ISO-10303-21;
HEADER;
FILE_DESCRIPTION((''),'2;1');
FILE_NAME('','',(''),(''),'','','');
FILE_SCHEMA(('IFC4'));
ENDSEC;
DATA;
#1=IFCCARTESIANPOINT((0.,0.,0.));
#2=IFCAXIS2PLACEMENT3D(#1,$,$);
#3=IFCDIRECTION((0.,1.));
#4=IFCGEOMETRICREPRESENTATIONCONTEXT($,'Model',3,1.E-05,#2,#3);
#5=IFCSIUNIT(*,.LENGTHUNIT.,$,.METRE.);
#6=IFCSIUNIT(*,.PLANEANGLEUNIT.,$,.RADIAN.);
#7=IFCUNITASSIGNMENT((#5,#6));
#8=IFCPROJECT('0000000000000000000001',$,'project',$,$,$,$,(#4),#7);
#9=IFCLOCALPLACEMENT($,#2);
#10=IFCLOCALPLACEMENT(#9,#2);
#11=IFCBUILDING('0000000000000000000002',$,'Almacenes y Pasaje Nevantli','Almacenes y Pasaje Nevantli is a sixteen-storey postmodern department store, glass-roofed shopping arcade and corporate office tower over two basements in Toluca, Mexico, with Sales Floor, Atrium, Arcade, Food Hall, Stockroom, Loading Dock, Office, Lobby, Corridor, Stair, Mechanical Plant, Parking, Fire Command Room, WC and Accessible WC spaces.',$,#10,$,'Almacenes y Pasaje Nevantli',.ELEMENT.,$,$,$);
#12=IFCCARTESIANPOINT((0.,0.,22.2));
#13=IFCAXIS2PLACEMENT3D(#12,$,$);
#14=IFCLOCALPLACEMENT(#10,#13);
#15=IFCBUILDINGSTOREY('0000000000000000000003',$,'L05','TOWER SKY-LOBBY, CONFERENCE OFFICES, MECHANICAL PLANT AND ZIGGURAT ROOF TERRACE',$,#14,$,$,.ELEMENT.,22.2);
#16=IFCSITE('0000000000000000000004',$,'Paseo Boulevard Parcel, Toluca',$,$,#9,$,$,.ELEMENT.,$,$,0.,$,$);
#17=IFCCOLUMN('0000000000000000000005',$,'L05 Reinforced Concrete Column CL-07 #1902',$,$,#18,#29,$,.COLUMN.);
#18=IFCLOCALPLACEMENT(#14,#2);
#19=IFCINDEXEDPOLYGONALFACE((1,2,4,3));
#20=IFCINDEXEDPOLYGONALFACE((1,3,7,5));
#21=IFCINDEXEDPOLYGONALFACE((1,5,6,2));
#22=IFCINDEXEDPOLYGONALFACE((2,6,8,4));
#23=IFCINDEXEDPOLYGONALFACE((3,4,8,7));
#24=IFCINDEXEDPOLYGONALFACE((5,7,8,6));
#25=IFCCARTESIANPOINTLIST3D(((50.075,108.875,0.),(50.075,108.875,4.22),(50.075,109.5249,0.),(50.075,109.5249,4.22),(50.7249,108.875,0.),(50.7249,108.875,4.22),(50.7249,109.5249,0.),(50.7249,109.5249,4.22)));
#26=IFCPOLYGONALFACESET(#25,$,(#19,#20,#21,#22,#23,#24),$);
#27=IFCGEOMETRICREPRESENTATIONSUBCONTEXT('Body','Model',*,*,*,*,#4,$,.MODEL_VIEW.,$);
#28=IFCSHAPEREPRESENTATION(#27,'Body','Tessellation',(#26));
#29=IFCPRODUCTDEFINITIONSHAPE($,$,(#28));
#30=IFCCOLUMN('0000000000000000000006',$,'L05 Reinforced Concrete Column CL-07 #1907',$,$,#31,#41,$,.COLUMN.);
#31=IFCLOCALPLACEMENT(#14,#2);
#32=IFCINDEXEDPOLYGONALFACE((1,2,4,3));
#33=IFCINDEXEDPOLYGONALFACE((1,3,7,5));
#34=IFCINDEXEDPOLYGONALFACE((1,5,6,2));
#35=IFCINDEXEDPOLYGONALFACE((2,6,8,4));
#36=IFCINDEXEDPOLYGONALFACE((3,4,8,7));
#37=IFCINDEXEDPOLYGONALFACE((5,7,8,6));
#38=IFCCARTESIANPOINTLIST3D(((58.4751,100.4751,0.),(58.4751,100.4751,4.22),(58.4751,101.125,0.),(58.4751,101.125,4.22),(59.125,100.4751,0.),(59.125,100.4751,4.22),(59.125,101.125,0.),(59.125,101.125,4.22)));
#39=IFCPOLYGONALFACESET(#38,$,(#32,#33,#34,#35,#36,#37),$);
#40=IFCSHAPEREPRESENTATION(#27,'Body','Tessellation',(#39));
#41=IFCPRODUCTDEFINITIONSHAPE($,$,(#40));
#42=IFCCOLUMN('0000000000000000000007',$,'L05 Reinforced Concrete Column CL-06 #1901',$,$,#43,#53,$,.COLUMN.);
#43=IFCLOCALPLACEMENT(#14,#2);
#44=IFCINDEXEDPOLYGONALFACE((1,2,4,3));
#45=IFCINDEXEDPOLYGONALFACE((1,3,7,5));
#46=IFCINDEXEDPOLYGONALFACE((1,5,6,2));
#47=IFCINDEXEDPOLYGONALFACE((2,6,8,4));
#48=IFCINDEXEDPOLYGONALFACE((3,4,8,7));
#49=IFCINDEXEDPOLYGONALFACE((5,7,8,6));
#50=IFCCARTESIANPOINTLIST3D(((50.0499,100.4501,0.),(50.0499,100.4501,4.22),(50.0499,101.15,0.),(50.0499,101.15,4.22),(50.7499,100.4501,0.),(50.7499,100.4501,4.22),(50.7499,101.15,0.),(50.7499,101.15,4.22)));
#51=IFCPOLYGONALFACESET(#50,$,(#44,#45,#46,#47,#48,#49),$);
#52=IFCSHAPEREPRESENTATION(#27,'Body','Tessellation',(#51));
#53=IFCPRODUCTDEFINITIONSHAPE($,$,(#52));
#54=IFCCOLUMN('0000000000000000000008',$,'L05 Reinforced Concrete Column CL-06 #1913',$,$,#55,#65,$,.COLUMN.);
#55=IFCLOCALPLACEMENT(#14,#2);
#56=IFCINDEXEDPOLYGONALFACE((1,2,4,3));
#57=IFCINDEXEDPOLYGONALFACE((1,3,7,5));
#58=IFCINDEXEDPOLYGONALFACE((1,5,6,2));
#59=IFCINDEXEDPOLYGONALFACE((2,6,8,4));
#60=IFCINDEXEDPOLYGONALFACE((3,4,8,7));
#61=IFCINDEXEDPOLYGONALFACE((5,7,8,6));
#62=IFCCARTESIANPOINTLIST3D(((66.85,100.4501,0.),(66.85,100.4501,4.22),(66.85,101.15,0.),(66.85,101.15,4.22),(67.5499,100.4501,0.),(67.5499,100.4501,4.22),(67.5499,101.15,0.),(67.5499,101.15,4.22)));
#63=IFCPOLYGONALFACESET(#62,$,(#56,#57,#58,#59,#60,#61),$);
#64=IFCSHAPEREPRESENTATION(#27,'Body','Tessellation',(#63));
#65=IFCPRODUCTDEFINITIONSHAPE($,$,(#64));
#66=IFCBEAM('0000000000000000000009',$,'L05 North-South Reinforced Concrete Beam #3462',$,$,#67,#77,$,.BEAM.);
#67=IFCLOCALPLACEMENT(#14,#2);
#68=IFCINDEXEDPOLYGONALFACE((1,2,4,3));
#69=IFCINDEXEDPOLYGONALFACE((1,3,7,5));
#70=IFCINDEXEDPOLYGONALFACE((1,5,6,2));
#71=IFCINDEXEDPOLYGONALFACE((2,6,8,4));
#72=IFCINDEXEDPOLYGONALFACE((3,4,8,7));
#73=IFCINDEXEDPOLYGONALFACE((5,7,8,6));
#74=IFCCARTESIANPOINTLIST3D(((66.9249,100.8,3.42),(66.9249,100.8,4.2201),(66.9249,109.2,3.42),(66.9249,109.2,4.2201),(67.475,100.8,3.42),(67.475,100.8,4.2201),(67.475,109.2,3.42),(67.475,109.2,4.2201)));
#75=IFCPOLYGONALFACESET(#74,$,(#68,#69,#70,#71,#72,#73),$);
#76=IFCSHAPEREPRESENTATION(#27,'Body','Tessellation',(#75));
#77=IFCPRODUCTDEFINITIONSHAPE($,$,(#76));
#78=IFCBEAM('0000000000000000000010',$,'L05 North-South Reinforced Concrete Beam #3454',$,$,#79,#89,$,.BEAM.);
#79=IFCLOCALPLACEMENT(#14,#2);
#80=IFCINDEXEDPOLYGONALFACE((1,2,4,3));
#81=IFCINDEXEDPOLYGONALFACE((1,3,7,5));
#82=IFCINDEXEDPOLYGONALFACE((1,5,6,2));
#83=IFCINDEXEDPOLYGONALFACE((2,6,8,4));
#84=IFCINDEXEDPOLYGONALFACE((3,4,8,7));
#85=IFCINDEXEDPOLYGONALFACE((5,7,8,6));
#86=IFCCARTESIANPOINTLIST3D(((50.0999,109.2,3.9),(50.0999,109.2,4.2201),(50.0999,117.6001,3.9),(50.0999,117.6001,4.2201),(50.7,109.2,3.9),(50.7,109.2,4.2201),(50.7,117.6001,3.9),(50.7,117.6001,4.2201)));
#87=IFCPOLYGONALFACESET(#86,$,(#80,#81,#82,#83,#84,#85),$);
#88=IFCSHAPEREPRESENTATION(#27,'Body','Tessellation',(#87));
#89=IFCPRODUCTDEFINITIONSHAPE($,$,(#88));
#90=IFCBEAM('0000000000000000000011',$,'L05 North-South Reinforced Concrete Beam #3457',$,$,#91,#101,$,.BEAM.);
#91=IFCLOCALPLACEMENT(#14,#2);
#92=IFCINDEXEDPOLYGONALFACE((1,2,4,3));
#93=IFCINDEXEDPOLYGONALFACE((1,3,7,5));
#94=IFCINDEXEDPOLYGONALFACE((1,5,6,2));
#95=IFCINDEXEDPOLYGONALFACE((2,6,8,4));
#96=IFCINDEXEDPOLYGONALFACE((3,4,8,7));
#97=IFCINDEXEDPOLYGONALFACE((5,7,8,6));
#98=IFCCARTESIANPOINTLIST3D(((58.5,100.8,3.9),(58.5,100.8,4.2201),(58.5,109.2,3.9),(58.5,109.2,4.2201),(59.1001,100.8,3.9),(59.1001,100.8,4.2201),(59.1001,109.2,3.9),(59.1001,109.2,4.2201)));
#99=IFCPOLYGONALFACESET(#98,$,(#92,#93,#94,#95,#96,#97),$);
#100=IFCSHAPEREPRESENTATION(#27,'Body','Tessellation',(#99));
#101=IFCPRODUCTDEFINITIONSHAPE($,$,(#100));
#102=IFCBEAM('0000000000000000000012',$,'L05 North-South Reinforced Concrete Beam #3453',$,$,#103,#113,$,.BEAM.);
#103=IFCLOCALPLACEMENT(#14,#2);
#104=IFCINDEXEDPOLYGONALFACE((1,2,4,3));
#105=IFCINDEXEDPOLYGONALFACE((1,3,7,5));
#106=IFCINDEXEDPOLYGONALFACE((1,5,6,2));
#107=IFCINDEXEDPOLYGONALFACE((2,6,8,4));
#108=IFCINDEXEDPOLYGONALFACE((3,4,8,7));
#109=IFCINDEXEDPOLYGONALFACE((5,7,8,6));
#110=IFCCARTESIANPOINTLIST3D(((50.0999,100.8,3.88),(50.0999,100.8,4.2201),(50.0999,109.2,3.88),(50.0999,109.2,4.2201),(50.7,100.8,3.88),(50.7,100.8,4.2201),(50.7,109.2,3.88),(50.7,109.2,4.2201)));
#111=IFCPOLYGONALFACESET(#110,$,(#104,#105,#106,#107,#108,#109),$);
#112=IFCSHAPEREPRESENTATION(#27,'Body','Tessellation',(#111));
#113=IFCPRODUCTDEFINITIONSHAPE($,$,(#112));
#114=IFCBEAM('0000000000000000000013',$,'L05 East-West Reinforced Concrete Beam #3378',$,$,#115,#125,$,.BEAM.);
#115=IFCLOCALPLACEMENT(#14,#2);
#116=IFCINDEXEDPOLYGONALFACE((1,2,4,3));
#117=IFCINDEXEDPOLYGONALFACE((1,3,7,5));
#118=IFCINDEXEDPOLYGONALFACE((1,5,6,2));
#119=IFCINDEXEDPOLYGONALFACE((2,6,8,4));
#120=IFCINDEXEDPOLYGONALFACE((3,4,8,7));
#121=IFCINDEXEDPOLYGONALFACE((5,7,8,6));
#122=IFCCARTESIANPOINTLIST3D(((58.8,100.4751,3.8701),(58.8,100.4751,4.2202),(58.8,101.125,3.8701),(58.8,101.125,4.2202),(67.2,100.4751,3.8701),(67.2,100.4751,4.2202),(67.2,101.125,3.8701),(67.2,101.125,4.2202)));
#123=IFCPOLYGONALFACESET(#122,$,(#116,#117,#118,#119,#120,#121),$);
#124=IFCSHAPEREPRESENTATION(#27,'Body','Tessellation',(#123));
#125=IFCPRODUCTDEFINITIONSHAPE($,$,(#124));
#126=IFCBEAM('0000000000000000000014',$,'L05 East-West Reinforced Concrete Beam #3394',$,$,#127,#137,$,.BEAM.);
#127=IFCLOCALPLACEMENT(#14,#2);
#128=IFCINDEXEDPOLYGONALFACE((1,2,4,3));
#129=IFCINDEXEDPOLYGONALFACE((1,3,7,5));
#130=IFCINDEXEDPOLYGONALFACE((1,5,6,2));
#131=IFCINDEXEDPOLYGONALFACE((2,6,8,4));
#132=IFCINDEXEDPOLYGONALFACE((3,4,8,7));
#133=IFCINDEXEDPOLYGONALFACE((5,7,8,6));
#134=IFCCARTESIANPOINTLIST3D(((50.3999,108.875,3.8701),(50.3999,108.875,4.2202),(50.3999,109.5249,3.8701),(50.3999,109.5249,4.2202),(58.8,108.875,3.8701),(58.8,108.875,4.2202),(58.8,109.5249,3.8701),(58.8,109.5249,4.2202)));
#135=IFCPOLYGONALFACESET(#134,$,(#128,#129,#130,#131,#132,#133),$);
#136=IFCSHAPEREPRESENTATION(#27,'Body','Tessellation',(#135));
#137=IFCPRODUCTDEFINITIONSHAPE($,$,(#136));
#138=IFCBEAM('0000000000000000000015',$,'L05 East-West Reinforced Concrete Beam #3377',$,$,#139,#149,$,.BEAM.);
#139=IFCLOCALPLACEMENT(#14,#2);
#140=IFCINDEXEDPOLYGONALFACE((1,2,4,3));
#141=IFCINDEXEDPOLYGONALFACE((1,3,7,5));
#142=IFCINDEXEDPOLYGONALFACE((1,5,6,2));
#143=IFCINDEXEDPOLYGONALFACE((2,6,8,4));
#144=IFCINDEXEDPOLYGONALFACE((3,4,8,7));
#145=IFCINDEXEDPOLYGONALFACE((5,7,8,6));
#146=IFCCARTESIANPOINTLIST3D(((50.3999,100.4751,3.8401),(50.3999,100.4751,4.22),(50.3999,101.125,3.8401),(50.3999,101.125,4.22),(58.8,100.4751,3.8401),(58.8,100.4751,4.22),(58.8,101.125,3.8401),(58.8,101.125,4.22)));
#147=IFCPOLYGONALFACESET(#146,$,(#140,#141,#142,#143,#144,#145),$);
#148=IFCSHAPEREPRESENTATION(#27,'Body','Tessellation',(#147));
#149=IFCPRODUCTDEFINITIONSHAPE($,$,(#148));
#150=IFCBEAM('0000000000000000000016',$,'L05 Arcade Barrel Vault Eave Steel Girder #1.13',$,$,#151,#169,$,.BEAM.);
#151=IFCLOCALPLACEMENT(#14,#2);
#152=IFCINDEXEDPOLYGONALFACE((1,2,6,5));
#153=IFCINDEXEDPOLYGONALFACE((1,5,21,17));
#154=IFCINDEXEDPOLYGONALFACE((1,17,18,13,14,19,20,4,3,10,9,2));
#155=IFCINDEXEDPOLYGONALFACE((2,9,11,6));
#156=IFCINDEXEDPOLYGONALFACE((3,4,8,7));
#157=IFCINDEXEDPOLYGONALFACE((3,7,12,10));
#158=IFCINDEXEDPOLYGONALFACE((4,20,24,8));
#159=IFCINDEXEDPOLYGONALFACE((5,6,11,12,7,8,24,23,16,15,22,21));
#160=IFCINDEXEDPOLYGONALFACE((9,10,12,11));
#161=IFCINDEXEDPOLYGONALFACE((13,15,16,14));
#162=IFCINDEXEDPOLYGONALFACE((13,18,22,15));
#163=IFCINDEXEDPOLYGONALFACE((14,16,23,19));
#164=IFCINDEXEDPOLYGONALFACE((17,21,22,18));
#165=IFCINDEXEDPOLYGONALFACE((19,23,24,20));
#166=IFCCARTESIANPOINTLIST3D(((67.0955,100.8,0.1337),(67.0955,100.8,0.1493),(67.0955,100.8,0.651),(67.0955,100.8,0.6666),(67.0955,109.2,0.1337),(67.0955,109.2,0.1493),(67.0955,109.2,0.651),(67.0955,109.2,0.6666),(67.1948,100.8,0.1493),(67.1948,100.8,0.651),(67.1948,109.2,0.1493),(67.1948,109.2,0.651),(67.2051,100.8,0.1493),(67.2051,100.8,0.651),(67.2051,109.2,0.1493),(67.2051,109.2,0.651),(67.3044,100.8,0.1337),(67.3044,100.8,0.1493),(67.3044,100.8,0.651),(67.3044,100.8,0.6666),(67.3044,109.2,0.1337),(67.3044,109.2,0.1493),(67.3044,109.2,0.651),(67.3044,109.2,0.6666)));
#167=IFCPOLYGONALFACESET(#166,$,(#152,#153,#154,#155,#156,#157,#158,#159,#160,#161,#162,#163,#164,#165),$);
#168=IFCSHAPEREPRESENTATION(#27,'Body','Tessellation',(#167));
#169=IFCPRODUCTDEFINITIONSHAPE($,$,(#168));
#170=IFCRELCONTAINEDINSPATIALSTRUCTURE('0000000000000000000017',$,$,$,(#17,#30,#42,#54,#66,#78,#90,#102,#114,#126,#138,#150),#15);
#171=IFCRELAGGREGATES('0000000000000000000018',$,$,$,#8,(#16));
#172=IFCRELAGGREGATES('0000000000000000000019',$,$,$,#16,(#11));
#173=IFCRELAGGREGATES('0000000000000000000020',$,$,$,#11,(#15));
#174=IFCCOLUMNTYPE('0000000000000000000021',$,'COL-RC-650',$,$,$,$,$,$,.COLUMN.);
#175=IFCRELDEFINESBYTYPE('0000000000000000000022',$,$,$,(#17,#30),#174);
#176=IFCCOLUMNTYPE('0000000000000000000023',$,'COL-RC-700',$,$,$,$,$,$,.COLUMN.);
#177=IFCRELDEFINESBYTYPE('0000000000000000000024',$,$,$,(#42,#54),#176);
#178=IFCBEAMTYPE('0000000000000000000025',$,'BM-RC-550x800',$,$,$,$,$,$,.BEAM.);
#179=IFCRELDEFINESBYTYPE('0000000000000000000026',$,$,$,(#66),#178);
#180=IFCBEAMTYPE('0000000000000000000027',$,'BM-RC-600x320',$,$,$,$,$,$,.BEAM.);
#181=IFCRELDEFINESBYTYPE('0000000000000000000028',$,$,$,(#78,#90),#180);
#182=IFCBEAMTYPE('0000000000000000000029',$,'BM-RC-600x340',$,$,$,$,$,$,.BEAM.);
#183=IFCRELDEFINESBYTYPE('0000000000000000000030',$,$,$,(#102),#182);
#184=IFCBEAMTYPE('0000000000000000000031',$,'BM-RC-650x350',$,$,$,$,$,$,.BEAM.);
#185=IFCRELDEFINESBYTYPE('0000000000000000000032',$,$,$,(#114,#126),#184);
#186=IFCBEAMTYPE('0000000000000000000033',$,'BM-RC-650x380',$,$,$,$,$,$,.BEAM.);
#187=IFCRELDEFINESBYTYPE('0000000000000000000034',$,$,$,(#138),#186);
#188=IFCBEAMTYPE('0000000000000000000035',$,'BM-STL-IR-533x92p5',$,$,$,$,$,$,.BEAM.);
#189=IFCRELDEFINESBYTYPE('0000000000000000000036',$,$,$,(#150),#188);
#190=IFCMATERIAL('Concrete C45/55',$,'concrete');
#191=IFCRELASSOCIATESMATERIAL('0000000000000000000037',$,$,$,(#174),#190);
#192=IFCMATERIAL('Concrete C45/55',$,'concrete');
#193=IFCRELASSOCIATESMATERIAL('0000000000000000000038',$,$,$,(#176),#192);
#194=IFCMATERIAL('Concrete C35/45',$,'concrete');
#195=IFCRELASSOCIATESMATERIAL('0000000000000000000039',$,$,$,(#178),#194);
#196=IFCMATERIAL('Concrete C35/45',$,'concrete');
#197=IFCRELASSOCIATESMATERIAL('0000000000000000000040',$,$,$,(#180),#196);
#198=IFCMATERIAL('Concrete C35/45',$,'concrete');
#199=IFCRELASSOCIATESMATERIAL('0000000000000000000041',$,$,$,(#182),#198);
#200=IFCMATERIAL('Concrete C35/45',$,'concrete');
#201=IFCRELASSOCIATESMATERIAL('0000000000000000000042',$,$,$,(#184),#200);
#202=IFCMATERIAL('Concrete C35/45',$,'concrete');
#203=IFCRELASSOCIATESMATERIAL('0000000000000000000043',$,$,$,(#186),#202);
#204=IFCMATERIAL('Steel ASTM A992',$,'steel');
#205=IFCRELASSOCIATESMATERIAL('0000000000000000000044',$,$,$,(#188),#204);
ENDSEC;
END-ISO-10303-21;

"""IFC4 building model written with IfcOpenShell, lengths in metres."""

from ifc_helpers import new_model, si_unit, direction, frame, origin, origin_2d, place, context, subcontext, project, spatial, rectangle, i_section, extrude, material, material_profile, profile_set, type_object, element, save


model = new_model("IFC4")

# Units and contexts
model_context = context("Model", 3, precision=1e-05, world=origin(), true_north=direction((0.0, 1.0)))
body_context = subcontext(model_context, "Body", "Model", "MODEL_VIEW")
ifc_project = project(units=[si_unit("LENGTHUNIT", "METRE"), si_unit("PLANEANGLEUNIT", "RADIAN")], contexts=[model_context])

# Site, building, storey
site_placement = place(None, origin())
site = spatial("IfcSite", under=ifc_project, at=site_placement, Name="Paseo Boulevard Parcel, Toluca", CompositionType="ELEMENT", RefElevation=0.0)
building_placement = place(site_placement, origin())
building = spatial("IfcBuilding", under=site, at=building_placement, Name="Almacenes y Pasaje Nevantli", Description="Almacenes y Pasaje Nevantli is a sixteen-storey postmodern department store, glass-roofed shopping arcade and corporate office tower over two basements in Toluca, Mexico, with Sales Floor, Atrium, Arcade, Food Hall, Stockroom, Loading Dock, Office, Lobby, Corridor, Stair, Mechanical Plant, Parking, Fire Command Room, WC and Accessible WC spaces.", LongName="Almacenes y Pasaje Nevantli", CompositionType="ELEMENT")
storey_placement = place(building_placement, frame((0.0, 0.0, 22.2)))
storey = spatial("IfcBuildingStorey", under=building, at=storey_placement, Name="L05", Description="TOWER SKY-LOBBY, CONFERENCE OFFICES, MECHANICAL PLANT AND ZIGGURAT ROOF TERRACE", CompositionType="ELEMENT", Elevation=22.2)

# Columns
ifc_material_1 = material(Name="Concrete C45/55", Category="concrete")
ifc_material_profile_1 = material_profile(ifc_material_1, rectangle(XDim=0.6499, YDim=0.6499, at=origin_2d()), Name="RC-COL-650x650")
ifc_profile_set_1 = profile_set([ifc_material_profile_1], Name="Concrete C45/55")
column_type_1 = type_object("IfcColumnType", Name="COL-RC-650", PredefinedType="COLUMN", material=ifc_profile_set_1)
for number, where, z_axis, x_axis, name in (
    (1, (50.3999, 109.2, 0.0), (0.0, 0.0, 1.0), (1.0, 0.0, 0.0), "L05 Reinforced Concrete Column CL-07 #1902"),
    (2, (58.8, 100.8, 0.0), (0.0, 0.0, 1.0), (1.0, 0.0, 0.0), "L05 Reinforced Concrete Column CL-07 #1907"),
):
    element("IfcColumn", number, at=place(storey_placement, frame(where, z_axis=z_axis, x_axis=x_axis)), inside=storey, type_object=column_type_1, Name=name, PredefinedType="COLUMN", context=body_context, shape_type="SweptSolid", body=[
        extrude(rectangle(XDim=0.6499, YDim=0.6499, at=origin_2d()), origin(), (0.0, 0.0, 1.0), 4.22),
    ])
ifc_material_2 = material(Name="Concrete C45/55", Category="concrete")
ifc_material_profile_2 = material_profile(ifc_material_2, rectangle(XDim=0.7, YDim=0.7, at=origin_2d()), Name="RC-COL-700x700")
ifc_profile_set_2 = profile_set([ifc_material_profile_2], Name="Concrete C45/55")
column_type_2 = type_object("IfcColumnType", Name="COL-RC-700", PredefinedType="COLUMN", material=ifc_profile_set_2)
for number, where, z_axis, x_axis, name in (
    (3, (50.3999, 100.8, 0.0), (0.0, 0.0, 1.0), (1.0, 0.0, 0.0), "L05 Reinforced Concrete Column CL-06 #1901"),
    (4, (67.2, 100.8, 0.0), (0.0, 0.0, 1.0), (1.0, 0.0, 0.0), "L05 Reinforced Concrete Column CL-06 #1913"),
):
    element("IfcColumn", number, at=place(storey_placement, frame(where, z_axis=z_axis, x_axis=x_axis)), inside=storey, type_object=column_type_2, Name=name, PredefinedType="COLUMN", context=body_context, shape_type="SweptSolid", body=[
        extrude(rectangle(XDim=0.7, YDim=0.7, at=origin_2d()), origin(), (0.0, 0.0, 1.0), 4.22),
    ])

# Beams
ifc_material_3 = material(Name="Concrete C35/45", Category="concrete")
ifc_material_profile_3 = material_profile(ifc_material_3, rectangle(XDim=0.55, YDim=0.8, at=origin_2d()), Name="RC-BM-550x800")
ifc_profile_set_3 = profile_set([ifc_material_profile_3], Name="Concrete C35/45")
beam_type_1 = type_object("IfcBeamType", Name="BM-RC-550x800", PredefinedType="BEAM", material=ifc_profile_set_3)
beam_1_placement = place(storey_placement, frame((67.2, 100.8, 3.8201), z_axis=(0.0, 1.0, 0.0), x_axis=(-1.0, 0.0, 0.0)))
element("IfcBeam", 5, at=beam_1_placement, inside=storey, type_object=beam_type_1, Name="L05 North-South Reinforced Concrete Beam #3462", PredefinedType="BEAM", context=body_context, shape_type="SweptSolid", body=[
    extrude(rectangle(XDim=0.55, YDim=0.8, at=origin_2d()), origin(), (0.0, 0.0, 1.0), 8.3999),
])
ifc_material_4 = material(Name="Concrete C35/45", Category="concrete")
ifc_material_profile_4 = material_profile(ifc_material_4, rectangle(XDim=0.6001, YDim=0.3201, at=origin_2d()), Name="RC-BM-600x320")
ifc_profile_set_4 = profile_set([ifc_material_profile_4], Name="Concrete C35/45")
beam_type_2 = type_object("IfcBeamType", Name="BM-RC-600x320", PredefinedType="BEAM", material=ifc_profile_set_4)
beam_2_placement = place(storey_placement, frame((50.3999, 109.2, 4.0601), z_axis=(0.0, 1.0, 0.0), x_axis=(-1.0, 0.0, 0.0)))
element("IfcBeam", 6, at=beam_2_placement, inside=storey, type_object=beam_type_2, Name="L05 North-South Reinforced Concrete Beam #3454", PredefinedType="BEAM", context=body_context, shape_type="SweptSolid", body=[
    extrude(rectangle(XDim=0.6001, YDim=0.3201, at=origin_2d()), origin(), (0.0, 0.0, 1.0), 8.4001),
])
beam_3_placement = place(storey_placement, frame((58.8, 100.8, 4.0601), z_axis=(0.0, 1.0, 0.0), x_axis=(-1.0, 0.0, 0.0)))
element("IfcBeam", 7, at=beam_3_placement, inside=storey, type_object=beam_type_2, Name="L05 North-South Reinforced Concrete Beam #3457", PredefinedType="BEAM", context=body_context, shape_type="SweptSolid", body=[
    extrude(rectangle(XDim=0.6001, YDim=0.3201, at=origin_2d()), origin(), (0.0, 0.0, 1.0), 8.3999),
])
ifc_material_5 = material(Name="Concrete C35/45", Category="concrete")
ifc_material_profile_5 = material_profile(ifc_material_5, rectangle(XDim=0.6001, YDim=0.3401, at=origin_2d()), Name="RC-BM-600x340")
ifc_profile_set_5 = profile_set([ifc_material_profile_5], Name="Concrete C35/45")
beam_type_3 = type_object("IfcBeamType", Name="BM-RC-600x340", PredefinedType="BEAM", material=ifc_profile_set_5)
beam_4_placement = place(storey_placement, frame((50.3999, 100.8, 4.05), z_axis=(0.0, 1.0, 0.0), x_axis=(-1.0, 0.0, 0.0)))
element("IfcBeam", 8, at=beam_4_placement, inside=storey, type_object=beam_type_3, Name="L05 North-South Reinforced Concrete Beam #3453", PredefinedType="BEAM", context=body_context, shape_type="SweptSolid", body=[
    extrude(rectangle(XDim=0.6001, YDim=0.3401, at=origin_2d()), origin(), (0.0, 0.0, 1.0), 8.3999),
])
ifc_material_6 = material(Name="Concrete C35/45", Category="concrete")
ifc_material_profile_6 = material_profile(ifc_material_6, rectangle(XDim=0.6499, YDim=0.3501, at=origin_2d()), Name="RC-BM-650x350")
ifc_profile_set_6 = profile_set([ifc_material_profile_6], Name="Concrete C35/45")
beam_type_4 = type_object("IfcBeamType", Name="BM-RC-650x350", PredefinedType="BEAM", material=ifc_profile_set_6)
beam_5_placement = place(storey_placement, frame((58.8, 100.8, 4.0452), z_axis=(1.0, 0.0, 0.0), x_axis=(0.0, 1.0, 0.0)))
element("IfcBeam", 9, at=beam_5_placement, inside=storey, type_object=beam_type_4, Name="L05 East-West Reinforced Concrete Beam #3378", PredefinedType="BEAM", context=body_context, shape_type="SweptSolid", body=[
    extrude(rectangle(XDim=0.6499, YDim=0.3501, at=origin_2d()), origin(), (0.0, 0.0, 1.0), 8.3999),
])
beam_6_placement = place(storey_placement, frame((50.3999, 109.2, 4.0452), z_axis=(1.0, 0.0, 0.0), x_axis=(0.0, 1.0, 0.0)))
element("IfcBeam", 10, at=beam_6_placement, inside=storey, type_object=beam_type_4, Name="L05 East-West Reinforced Concrete Beam #3394", PredefinedType="BEAM", context=body_context, shape_type="SweptSolid", body=[
    extrude(rectangle(XDim=0.6499, YDim=0.3501, at=origin_2d()), origin(), (0.0, 0.0, 1.0), 8.4001),
])
ifc_material_7 = material(Name="Concrete C35/45", Category="concrete")
ifc_material_profile_7 = material_profile(ifc_material_7, rectangle(XDim=0.6499, YDim=0.3799, at=origin_2d()), Name="RC-BM-650x380")
ifc_profile_set_7 = profile_set([ifc_material_profile_7], Name="Concrete C35/45")
beam_type_5 = type_object("IfcBeamType", Name="BM-RC-650x380", PredefinedType="BEAM", material=ifc_profile_set_7)
beam_7_placement = place(storey_placement, frame((50.3999, 100.8, 4.03), z_axis=(1.0, 0.0, 0.0), x_axis=(0.0, 1.0, 0.0)))
element("IfcBeam", 11, at=beam_7_placement, inside=storey, type_object=beam_type_5, Name="L05 East-West Reinforced Concrete Beam #3377", PredefinedType="BEAM", context=body_context, shape_type="SweptSolid", body=[
    extrude(rectangle(XDim=0.6499, YDim=0.3799, at=origin_2d()), origin(), (0.0, 0.0, 1.0), 8.4001),
])
ifc_material_8 = material(Name="Steel ASTM A992", Category="steel")
ifc_material_profile_8 = material_profile(ifc_material_8, i_section(OverallWidth=0.209, OverallDepth=0.533, WebThickness=0.0103, FlangeThickness=0.0156, at=origin_2d()), Name="IR 533x92.5")
ifc_profile_set_8 = profile_set([ifc_material_profile_8], Name="Steel ASTM A992")
beam_type_6 = type_object("IfcBeamType", Name="BM-STL-IR-533x92p5", PredefinedType="BEAM", material=ifc_profile_set_8)
beam_8_placement = place(storey_placement, frame((67.2, 100.8, 0.4001), z_axis=(0.0, 1.0, 0.0), x_axis=(-1.0, 0.0, 0.0)))
element("IfcBeam", 12, at=beam_8_placement, inside=storey, type_object=beam_type_6, Name="L05 Arcade Barrel Vault Eave Steel Girder #1.13", PredefinedType="BEAM", context=body_context, shape_type="SweptSolid", body=[
    extrude(i_section(OverallWidth=0.209, OverallDepth=0.533, WebThickness=0.0103, FlangeThickness=0.0156, at=origin_2d()), origin(), (0.0, 0.0, 1.0), 8.3999),
])

save(model, "model.ifc")
